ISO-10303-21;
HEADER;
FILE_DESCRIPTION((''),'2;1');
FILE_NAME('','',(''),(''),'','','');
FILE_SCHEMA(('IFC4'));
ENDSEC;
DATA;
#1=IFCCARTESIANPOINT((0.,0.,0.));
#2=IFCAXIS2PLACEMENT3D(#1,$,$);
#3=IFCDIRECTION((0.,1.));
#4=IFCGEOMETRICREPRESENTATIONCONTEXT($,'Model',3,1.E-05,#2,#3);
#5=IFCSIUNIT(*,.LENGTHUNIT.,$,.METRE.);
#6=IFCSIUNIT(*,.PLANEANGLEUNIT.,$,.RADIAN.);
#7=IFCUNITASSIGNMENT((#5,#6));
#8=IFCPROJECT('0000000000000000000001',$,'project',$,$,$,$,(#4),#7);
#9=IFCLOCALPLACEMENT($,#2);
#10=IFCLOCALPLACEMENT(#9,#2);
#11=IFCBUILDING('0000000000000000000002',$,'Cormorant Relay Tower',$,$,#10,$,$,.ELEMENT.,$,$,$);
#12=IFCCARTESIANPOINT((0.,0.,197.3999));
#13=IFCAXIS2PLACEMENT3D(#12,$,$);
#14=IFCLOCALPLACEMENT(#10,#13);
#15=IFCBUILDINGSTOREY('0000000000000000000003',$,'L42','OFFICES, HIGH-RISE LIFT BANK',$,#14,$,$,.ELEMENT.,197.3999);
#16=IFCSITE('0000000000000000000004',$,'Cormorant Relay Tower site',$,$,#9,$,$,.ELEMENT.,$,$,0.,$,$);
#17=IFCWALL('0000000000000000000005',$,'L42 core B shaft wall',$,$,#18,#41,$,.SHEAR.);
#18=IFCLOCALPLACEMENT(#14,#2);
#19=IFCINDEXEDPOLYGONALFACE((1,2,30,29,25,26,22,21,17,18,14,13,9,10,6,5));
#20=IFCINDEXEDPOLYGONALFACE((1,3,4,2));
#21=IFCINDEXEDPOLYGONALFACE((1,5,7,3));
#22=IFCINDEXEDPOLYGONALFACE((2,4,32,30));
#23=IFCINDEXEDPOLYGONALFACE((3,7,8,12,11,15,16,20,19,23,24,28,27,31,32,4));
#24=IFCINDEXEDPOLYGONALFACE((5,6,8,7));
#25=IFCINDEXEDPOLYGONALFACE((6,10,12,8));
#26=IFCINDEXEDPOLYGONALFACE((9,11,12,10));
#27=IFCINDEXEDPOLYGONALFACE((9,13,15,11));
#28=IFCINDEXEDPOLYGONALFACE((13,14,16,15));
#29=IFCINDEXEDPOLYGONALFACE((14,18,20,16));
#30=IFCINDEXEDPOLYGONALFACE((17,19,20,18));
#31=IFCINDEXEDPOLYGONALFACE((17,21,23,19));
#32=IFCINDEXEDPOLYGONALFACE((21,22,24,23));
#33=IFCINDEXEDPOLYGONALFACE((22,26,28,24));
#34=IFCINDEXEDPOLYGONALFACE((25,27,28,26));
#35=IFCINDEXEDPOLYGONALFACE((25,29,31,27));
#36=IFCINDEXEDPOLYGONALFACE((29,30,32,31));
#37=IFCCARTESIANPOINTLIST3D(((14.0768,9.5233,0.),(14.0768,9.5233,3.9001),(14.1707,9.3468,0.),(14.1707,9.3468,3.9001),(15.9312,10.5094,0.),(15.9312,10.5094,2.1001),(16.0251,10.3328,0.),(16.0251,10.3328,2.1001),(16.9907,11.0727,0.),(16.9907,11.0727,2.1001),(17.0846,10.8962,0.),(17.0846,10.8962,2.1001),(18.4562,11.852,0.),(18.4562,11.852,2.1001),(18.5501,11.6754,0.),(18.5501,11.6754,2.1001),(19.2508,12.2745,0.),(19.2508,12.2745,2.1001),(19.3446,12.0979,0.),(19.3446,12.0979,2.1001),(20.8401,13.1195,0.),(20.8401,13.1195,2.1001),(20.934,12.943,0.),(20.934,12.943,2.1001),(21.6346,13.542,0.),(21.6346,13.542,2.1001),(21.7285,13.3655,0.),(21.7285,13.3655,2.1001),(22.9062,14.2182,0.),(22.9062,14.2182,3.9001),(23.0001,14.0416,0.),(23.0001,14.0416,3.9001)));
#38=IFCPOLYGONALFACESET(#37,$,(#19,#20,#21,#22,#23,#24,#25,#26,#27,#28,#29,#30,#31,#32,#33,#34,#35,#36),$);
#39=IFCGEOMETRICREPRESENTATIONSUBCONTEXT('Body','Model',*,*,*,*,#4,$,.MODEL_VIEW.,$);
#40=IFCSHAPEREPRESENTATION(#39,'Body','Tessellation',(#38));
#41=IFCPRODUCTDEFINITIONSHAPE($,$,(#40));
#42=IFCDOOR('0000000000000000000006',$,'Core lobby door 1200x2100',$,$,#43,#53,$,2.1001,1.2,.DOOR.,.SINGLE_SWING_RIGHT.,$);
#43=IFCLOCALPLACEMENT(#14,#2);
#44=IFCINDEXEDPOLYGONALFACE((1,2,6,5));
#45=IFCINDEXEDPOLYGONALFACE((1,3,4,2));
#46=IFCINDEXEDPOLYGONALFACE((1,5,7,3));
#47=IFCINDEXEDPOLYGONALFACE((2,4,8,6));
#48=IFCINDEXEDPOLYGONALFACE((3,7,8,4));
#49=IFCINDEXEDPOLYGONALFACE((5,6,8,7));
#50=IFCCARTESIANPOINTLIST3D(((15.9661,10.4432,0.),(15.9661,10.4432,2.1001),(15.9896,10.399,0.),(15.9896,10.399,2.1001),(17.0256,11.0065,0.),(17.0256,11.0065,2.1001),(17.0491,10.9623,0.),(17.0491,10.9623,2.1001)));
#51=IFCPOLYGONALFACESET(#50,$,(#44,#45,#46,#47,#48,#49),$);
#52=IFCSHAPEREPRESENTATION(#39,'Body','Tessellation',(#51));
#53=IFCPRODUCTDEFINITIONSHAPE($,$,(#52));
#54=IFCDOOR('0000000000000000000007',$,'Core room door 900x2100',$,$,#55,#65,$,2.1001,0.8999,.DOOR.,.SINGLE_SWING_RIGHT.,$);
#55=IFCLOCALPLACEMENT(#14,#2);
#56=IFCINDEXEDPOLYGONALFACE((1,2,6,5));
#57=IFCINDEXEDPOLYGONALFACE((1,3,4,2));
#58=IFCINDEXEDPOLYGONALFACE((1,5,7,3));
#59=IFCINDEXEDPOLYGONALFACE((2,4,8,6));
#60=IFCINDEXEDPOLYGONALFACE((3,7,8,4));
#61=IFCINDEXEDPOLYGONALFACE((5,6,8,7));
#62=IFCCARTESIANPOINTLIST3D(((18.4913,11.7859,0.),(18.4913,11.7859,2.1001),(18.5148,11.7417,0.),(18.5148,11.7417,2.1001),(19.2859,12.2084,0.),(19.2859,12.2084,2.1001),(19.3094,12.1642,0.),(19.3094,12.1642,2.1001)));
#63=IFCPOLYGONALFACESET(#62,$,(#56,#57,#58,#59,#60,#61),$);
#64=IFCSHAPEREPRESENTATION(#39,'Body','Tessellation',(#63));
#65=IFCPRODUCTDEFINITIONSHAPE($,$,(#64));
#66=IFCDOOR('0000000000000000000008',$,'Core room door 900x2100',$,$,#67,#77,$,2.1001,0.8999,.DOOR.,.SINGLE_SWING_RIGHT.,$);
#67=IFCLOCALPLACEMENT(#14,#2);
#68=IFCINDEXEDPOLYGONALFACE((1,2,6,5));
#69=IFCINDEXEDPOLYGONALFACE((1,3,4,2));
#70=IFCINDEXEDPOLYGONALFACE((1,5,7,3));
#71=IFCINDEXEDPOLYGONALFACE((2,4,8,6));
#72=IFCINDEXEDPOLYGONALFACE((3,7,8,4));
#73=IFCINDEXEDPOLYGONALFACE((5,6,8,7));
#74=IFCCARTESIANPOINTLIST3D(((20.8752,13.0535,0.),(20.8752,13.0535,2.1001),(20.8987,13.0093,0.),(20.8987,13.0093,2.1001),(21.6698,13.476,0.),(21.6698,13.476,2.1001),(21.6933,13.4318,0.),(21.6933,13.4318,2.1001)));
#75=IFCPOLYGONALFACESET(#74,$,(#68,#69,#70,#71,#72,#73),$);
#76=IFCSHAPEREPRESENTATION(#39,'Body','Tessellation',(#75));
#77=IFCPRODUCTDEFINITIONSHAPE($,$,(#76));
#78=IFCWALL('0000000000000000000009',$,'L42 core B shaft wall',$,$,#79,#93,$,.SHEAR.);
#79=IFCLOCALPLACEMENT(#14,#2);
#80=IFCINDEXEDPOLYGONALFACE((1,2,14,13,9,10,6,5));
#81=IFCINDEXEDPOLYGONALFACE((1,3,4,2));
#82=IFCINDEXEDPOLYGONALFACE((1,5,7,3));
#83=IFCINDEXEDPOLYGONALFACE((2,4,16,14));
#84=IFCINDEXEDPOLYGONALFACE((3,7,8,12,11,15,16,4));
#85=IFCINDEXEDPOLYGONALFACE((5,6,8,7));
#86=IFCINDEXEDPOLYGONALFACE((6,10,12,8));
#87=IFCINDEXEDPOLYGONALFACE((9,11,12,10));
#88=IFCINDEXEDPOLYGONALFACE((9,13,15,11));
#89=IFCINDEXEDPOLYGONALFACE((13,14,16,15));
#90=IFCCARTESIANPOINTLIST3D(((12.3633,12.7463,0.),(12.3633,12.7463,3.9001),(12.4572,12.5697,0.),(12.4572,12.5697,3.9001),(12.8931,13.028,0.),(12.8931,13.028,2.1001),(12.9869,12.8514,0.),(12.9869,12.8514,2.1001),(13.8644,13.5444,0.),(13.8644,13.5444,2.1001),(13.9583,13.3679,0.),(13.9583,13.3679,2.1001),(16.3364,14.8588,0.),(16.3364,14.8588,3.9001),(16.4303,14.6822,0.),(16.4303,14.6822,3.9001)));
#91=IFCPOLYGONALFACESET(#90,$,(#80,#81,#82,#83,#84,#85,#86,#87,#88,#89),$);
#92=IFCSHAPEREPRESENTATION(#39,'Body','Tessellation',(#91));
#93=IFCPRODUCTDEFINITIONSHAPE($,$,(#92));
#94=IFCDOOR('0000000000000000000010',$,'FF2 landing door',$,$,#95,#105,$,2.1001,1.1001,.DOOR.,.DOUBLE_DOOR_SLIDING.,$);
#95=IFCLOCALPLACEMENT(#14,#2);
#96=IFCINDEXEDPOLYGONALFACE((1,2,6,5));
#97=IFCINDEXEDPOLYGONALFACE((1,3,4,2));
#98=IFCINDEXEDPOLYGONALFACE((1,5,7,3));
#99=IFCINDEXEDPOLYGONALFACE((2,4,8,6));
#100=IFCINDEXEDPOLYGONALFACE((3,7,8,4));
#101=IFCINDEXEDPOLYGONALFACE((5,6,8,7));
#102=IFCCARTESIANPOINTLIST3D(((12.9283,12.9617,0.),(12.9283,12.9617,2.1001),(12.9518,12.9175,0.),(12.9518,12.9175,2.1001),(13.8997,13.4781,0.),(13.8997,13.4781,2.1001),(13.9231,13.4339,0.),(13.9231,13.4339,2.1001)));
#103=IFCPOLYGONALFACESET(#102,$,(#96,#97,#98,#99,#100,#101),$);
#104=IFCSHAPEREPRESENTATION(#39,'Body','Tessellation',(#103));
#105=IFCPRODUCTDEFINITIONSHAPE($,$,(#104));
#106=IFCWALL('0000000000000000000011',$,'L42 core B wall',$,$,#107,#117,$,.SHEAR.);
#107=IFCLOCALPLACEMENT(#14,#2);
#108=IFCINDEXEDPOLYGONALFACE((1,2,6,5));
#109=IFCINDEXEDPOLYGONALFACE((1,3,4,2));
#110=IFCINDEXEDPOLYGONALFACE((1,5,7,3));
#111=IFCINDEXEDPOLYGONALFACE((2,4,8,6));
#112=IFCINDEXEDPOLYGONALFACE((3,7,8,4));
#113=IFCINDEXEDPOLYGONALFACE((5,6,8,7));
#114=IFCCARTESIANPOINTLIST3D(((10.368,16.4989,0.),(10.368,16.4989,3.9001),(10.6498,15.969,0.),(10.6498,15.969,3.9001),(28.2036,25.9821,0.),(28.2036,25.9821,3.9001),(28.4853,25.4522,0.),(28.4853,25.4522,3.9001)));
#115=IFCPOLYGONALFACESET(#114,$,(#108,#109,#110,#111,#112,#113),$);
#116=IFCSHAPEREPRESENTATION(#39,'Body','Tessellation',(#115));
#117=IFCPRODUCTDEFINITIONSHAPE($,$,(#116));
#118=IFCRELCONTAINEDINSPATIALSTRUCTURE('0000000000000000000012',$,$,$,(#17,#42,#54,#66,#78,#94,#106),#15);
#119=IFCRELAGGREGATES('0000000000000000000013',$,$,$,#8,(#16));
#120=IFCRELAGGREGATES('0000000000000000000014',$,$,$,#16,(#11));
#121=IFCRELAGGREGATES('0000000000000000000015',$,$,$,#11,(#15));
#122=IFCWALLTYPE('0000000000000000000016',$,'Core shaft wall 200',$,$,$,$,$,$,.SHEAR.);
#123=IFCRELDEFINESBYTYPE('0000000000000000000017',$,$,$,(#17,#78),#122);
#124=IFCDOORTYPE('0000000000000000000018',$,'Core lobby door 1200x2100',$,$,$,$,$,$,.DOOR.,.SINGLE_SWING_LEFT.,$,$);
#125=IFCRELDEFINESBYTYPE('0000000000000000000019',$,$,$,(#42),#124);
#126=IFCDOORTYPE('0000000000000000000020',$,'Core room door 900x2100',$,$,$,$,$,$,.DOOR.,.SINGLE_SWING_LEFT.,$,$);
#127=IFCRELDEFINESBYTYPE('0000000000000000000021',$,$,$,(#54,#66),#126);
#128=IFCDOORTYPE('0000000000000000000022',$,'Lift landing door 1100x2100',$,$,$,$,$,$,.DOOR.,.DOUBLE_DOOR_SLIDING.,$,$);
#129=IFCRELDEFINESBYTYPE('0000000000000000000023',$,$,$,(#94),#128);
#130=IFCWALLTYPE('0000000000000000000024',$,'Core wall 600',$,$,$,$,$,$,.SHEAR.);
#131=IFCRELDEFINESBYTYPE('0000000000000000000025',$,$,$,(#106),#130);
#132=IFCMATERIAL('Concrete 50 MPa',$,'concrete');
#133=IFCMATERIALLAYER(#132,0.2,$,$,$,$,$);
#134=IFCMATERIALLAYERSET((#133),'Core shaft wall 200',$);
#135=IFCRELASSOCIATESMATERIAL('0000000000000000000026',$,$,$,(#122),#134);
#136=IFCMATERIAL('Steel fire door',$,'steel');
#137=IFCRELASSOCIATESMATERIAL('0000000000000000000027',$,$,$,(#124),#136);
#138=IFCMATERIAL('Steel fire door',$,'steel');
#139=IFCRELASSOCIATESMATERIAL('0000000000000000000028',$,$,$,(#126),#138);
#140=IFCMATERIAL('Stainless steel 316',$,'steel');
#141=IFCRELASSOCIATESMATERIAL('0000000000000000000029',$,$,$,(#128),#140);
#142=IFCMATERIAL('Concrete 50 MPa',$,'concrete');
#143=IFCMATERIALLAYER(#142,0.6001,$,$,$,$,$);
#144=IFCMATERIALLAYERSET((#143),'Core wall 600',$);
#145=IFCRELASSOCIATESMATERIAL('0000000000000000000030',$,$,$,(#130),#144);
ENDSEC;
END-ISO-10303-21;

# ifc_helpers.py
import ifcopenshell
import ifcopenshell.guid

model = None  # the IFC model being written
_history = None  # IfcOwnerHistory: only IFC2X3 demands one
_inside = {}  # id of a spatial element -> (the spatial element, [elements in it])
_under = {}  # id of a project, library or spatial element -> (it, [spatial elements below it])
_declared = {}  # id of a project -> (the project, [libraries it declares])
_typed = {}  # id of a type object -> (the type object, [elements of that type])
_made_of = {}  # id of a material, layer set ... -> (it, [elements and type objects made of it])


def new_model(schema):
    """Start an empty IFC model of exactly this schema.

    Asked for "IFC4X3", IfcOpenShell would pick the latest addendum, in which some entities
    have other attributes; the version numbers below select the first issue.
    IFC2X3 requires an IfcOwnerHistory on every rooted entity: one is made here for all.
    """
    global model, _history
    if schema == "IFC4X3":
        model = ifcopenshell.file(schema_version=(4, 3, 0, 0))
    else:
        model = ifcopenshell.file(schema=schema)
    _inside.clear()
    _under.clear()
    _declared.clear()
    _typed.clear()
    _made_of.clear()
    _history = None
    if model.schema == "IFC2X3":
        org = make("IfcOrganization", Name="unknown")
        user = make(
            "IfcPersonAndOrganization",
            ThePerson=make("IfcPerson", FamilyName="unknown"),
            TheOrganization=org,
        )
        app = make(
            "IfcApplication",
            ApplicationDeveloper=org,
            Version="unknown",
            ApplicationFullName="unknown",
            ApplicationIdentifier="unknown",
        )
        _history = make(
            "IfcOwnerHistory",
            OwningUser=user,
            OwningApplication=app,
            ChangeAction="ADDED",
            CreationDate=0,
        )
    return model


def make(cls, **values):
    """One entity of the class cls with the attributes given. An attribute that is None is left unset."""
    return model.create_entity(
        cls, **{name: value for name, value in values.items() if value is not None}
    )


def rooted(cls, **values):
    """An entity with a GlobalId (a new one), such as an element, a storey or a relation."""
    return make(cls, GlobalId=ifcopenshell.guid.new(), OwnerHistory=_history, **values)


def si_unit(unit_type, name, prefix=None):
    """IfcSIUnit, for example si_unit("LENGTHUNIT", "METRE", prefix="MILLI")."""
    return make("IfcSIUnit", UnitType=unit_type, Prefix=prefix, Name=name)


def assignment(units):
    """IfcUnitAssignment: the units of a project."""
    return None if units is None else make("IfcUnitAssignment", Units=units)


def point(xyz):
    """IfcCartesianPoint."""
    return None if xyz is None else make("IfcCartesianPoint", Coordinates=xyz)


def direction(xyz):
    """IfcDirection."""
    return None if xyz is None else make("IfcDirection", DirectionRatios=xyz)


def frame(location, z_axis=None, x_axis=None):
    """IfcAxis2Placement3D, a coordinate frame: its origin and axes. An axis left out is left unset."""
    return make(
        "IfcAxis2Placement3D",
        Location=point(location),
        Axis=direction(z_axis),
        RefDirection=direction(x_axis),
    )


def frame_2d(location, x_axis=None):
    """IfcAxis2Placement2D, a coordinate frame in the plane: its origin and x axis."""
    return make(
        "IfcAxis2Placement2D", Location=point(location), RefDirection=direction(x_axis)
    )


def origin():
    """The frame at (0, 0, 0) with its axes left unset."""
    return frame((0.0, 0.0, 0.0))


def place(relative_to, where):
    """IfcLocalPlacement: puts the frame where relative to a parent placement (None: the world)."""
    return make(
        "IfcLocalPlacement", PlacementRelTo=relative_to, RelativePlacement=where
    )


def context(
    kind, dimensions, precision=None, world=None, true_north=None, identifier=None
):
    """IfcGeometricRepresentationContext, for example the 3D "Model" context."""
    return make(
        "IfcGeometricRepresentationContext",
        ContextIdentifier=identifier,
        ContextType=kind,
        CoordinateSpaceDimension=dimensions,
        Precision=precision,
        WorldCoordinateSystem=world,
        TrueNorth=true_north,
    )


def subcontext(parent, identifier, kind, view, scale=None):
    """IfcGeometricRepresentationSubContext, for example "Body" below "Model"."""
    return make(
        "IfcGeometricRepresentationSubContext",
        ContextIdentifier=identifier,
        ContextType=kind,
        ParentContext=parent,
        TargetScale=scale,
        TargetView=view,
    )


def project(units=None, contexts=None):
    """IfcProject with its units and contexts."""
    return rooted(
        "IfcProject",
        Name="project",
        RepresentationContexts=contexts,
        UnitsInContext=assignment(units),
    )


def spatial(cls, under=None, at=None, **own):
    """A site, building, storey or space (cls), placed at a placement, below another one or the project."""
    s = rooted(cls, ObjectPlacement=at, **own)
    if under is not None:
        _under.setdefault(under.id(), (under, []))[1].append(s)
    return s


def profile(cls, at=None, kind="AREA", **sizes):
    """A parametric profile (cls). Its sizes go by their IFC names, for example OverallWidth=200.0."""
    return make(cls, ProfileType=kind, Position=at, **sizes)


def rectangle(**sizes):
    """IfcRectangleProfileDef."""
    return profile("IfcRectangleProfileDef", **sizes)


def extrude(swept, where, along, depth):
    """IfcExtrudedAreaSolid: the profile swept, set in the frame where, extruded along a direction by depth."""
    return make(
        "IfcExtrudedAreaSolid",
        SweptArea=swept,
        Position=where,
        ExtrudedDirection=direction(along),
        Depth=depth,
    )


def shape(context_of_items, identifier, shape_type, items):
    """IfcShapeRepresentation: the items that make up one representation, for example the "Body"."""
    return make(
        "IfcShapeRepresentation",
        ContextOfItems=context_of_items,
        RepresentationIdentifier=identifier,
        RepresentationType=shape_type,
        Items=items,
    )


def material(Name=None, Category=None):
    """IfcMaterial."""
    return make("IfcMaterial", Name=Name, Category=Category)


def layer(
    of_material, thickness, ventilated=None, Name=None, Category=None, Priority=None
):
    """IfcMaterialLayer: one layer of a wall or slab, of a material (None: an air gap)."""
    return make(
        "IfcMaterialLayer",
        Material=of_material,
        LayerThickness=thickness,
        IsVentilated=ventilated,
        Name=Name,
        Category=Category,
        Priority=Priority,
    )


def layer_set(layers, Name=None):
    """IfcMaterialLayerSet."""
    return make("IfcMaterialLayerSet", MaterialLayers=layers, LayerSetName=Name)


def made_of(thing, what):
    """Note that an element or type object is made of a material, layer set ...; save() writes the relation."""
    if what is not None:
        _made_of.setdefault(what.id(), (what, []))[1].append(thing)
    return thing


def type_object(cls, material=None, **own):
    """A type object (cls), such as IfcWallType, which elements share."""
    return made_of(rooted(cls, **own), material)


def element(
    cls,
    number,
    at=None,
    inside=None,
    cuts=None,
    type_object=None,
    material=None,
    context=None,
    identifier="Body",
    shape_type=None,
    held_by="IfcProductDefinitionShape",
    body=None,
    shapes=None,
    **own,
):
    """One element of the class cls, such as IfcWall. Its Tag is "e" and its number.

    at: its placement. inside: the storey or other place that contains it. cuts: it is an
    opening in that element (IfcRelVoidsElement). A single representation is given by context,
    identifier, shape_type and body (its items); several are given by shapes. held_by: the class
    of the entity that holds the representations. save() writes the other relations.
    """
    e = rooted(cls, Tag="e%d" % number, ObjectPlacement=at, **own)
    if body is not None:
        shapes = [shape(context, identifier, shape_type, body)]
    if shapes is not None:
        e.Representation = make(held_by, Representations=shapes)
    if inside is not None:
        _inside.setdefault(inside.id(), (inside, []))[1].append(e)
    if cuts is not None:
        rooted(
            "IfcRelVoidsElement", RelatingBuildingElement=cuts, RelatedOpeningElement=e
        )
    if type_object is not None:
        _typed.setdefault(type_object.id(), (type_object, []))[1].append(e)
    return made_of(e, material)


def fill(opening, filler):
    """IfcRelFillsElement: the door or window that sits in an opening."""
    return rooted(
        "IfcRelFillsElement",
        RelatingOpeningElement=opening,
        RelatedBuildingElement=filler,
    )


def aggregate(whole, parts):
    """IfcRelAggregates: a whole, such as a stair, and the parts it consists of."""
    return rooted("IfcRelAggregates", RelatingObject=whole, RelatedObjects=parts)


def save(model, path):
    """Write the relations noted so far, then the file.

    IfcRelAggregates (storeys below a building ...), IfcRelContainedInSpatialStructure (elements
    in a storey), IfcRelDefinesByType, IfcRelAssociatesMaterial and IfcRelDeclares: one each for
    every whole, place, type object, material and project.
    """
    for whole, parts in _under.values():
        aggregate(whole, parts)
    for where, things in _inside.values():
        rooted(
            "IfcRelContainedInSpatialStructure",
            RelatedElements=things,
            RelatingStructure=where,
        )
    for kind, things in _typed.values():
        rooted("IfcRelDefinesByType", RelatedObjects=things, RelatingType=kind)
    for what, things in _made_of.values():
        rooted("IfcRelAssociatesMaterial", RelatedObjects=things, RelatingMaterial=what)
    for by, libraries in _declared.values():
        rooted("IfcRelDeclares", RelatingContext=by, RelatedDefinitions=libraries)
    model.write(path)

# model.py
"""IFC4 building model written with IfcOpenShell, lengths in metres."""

from ifc_helpers import new_model, si_unit, direction, frame, frame_2d, origin, place, context, subcontext, project, spatial, rectangle, extrude, material, layer, layer_set, type_object, element, fill, save


model = new_model("IFC4")

# Units and contexts
model_context = context("Model", 3, precision=1e-05, world=origin(), true_north=direction((0.0, 1.0)))
body_context = subcontext(model_context, "Body", "Model", "MODEL_VIEW")
ifc_project = project(units=[si_unit("LENGTHUNIT", "METRE"), si_unit("PLANEANGLEUNIT", "RADIAN")], contexts=[model_context])

# Site, building, storey
site_placement = place(None, origin())
site = spatial("IfcSite", under=ifc_project, at=site_placement, Name="Cormorant Relay Tower site", CompositionType="ELEMENT", RefElevation=0.0)
building_placement = place(site_placement, origin())
building = spatial("IfcBuilding", under=site, at=building_placement, Name="Cormorant Relay Tower", CompositionType="ELEMENT")
storey_placement = place(building_placement, frame((0.0, 0.0, 197.3999)))
storey = spatial("IfcBuildingStorey", under=building, at=storey_placement, Name="L42", Description="OFFICES, HIGH-RISE LIFT BANK", CompositionType="ELEMENT", Elevation=197.3999)

# Shared definitions
ifc_material_1 = material(Name="Concrete 50 MPa", Category="concrete")
ifc_layer_1 = layer(ifc_material_1, 0.2)
ifc_layer_set_1 = layer_set([ifc_layer_1], Name="Core shaft wall 200")
wall_type_1 = type_object("IfcWallType", Name="Core shaft wall 200", PredefinedType="SHEAR", material=ifc_layer_set_1)

# Wall, openings, doors
wall_1_placement = place(storey_placement, frame((14.1238, 9.4351, 0.0), z_axis=(0.0, 0.0, 1.0), x_axis=(0.88294, 0.469485, 0.0)))
wall_1 = element("IfcWall", 1, at=wall_1_placement, inside=storey, type_object=wall_type_1, Name="L42 core B shaft wall", PredefinedType="SHEAR", context=body_context, shape_type="SweptSolid", body=[
    extrude(rectangle(XDim=10.0, YDim=0.2, at=frame_2d((5.0, 0.0))), origin(), (0.0, 0.0, 1.0), 3.9001),
])
opening_1_placement = place(wall_1_placement, frame((2.1001, 0.0, 0.0)))
opening_1 = element("IfcOpeningElement", 2, at=opening_1_placement, cuts=wall_1, PredefinedType="OPENING", context=body_context, shape_type="SweptSolid", body=[
    extrude(rectangle(XDim=1.2, YDim=2.1001, at=frame_2d((0.6001, 1.05))), frame((0.0, 0.1099, 0.0), z_axis=(0.0, -1.0, 0.0), x_axis=(1.0, 0.0, 0.0)), (0.0, 0.0, 1.0), 0.22),
])
opening_2_placement = place(wall_1_placement, frame((4.96, 0.0, 0.0)))
opening_2 = element("IfcOpeningElement", 3, at=opening_2_placement, cuts=wall_1, PredefinedType="OPENING", context=body_context, shape_type="SweptSolid", body=[
    extrude(rectangle(XDim=0.8999, YDim=2.1001, at=frame_2d((0.45, 1.05))), frame((0.0, 0.1099, 0.0), z_axis=(0.0, -1.0, 0.0), x_axis=(1.0, 0.0, 0.0)), (0.0, 0.0, 1.0), 0.22),
])
opening_3_placement = place(wall_1_placement, frame((7.6599, 0.0, 0.0)))
opening_3 = element("IfcOpeningElement", 4, at=opening_3_placement, cuts=wall_1, PredefinedType="OPENING", context=body_context, shape_type="SweptSolid", body=[
    extrude(rectangle(XDim=0.8999, YDim=2.1001, at=frame_2d((0.45, 1.05))), frame((0.0, 0.1099, 0.0), z_axis=(0.0, -1.0, 0.0), x_axis=(1.0, 0.0, 0.0)), (0.0, 0.0, 1.0), 0.22),
])
ifc_material_2 = material(Name="Steel fire door", Category="steel")
door_type_1 = type_object("IfcDoorType", Name="Core lobby door 1200x2100", OperationType="SINGLE_SWING_LEFT", PredefinedType="DOOR", material=ifc_material_2)
door_1_placement = place(opening_1_placement, frame((1.2, 0.0, 0.0), z_axis=(0.0, 0.0, 1.0), x_axis=(-1.0, 0.0, 0.0)))
door_1 = element("IfcDoor", 5, at=door_1_placement, inside=storey, type_object=door_type_1, Name="Core lobby door 1200x2100", OperationType="SINGLE_SWING_RIGHT", OverallHeight=2.1001, OverallWidth=1.2, PredefinedType="DOOR", context=body_context, shape_type="SweptSolid", body=[
    extrude(rectangle(XDim=1.2, YDim=2.1001, at=frame_2d((0.6001, 1.05))), frame((0.0, 0.0249, 0.0), z_axis=(0.0, -1.0, 0.0), x_axis=(1.0, 0.0, 0.0)), (0.0, 0.0, 1.0), 0.05),
])
fill(opening_1, door_1)
ifc_material_3 = material(Name="Steel fire door", Category="steel")
door_type_2 = type_object("IfcDoorType", Name="Core room door 900x2100", OperationType="SINGLE_SWING_LEFT", PredefinedType="DOOR", material=ifc_material_3)
door_2_placement = place(opening_2_placement, frame((0.8999, 0.0, 0.0), z_axis=(0.0, 0.0, 1.0), x_axis=(-1.0, 0.0, 0.0)))
door_2 = element("IfcDoor", 6, at=door_2_placement, inside=storey, type_object=door_type_2, Name="Core room door 900x2100", OperationType="SINGLE_SWING_RIGHT", OverallHeight=2.1001, OverallWidth=0.8999, PredefinedType="DOOR", context=body_context, shape_type="SweptSolid", body=[
    extrude(rectangle(XDim=0.8999, YDim=2.1001, at=frame_2d((0.45, 1.05))), frame((0.0, 0.0249, 0.0), z_axis=(0.0, -1.0, 0.0), x_axis=(1.0, 0.0, 0.0)), (0.0, 0.0, 1.0), 0.05),
])
fill(opening_2, door_2)
door_3_placement = place(opening_3_placement, frame((0.8999, 0.0, 0.0), z_axis=(0.0, 0.0, 1.0), x_axis=(-1.0, 0.0, 0.0)))
door_3 = element("IfcDoor", 7, at=door_3_placement, inside=storey, type_object=door_type_2, Name="Core room door 900x2100", OperationType="SINGLE_SWING_RIGHT", OverallHeight=2.1001, OverallWidth=0.8999, PredefinedType="DOOR", context=body_context, shape_type="SweptSolid", body=[
    extrude(rectangle(XDim=0.8999, YDim=2.1001, at=frame_2d((0.45, 1.05))), frame((0.0, 0.0249, 0.0), z_axis=(0.0, -1.0, 0.0), x_axis=(1.0, 0.0, 0.0)), (0.0, 0.0, 1.0), 0.05),
])
fill(opening_3, door_3)

# Wall, opening, door
wall_2_placement = place(storey_placement, frame((12.4102, 12.658, 0.0), z_axis=(0.0, 0.0, 1.0), x_axis=(0.882948, 0.46947, 0.0)))
wall_2 = element("IfcWall", 8, at=wall_2_placement, inside=storey, type_object=wall_type_1, Name="L42 core B shaft wall", PredefinedType="SHEAR", context=body_context, shape_type="SweptSolid", body=[
    extrude(rectangle(XDim=4.4998, YDim=0.2, at=frame_2d((2.25, 0.0))), origin(), (0.0, 0.0, 1.0), 3.9001),
])
opening_4_placement = place(wall_2_placement, frame((0.6001, 0.0, 0.0)))
opening_4 = element("IfcOpeningElement", 9, at=opening_4_placement, cuts=wall_2, PredefinedType="OPENING", context=body_context, shape_type="SweptSolid", body=[
    extrude(rectangle(XDim=1.1001, YDim=2.1001, at=frame_2d((0.55, 1.05))), frame((0.0, 0.1099, 0.0), z_axis=(0.0, -1.0, 0.0), x_axis=(1.0, 0.0, 0.0)), (0.0, 0.0, 1.0), 0.22),
])
ifc_material_4 = material(Name="Stainless steel 316", Category="steel")
door_type_3 = type_object("IfcDoorType", Name="Lift landing door 1100x2100", OperationType="DOUBLE_DOOR_SLIDING", PredefinedType="DOOR", material=ifc_material_4)
door_4_placement = place(opening_4_placement, origin())
door_4 = element("IfcDoor", 10, at=door_4_placement, inside=storey, type_object=door_type_3, Name="FF2 landing door", OperationType="DOUBLE_DOOR_SLIDING", OverallHeight=2.1001, OverallWidth=1.1001, PredefinedType="DOOR", context=body_context, shape_type="SweptSolid", body=[
    extrude(rectangle(XDim=1.1001, YDim=2.1001, at=frame_2d((0.55, 1.05))), frame((0.0, 0.0249, 0.0), z_axis=(0.0, -1.0, 0.0), x_axis=(1.0, 0.0, 0.0)), (0.0, 0.0, 1.0), 0.05),
])
fill(opening_4, door_4)

# Wall
ifc_material_5 = material(Name="Concrete 50 MPa", Category="concrete")
ifc_layer_2 = layer(ifc_material_5, 0.6001)
ifc_layer_set_2 = layer_set([ifc_layer_2], Name="Core wall 600")
wall_type_2 = type_object("IfcWallType", Name="Core wall 600", PredefinedType="SHEAR", material=ifc_layer_set_2)
wall_3_placement = place(storey_placement, frame((10.5088, 16.2339, 0.0), z_axis=(0.0, 0.0, 1.0), x_axis=(0.88295, 0.469467, 0.0)))
element("IfcWall", 11, at=wall_3_placement, inside=storey, type_object=wall_type_2, Name="L42 core B wall", PredefinedType="SHEAR", context=body_context, shape_type="SweptSolid", body=[
    extrude(rectangle(XDim=20.2, YDim=0.6001, at=frame_2d((10.1001, 0.0))), origin(), (0.0, 0.0, 1.0), 3.9001),
])

save(model, "model.ifc")
